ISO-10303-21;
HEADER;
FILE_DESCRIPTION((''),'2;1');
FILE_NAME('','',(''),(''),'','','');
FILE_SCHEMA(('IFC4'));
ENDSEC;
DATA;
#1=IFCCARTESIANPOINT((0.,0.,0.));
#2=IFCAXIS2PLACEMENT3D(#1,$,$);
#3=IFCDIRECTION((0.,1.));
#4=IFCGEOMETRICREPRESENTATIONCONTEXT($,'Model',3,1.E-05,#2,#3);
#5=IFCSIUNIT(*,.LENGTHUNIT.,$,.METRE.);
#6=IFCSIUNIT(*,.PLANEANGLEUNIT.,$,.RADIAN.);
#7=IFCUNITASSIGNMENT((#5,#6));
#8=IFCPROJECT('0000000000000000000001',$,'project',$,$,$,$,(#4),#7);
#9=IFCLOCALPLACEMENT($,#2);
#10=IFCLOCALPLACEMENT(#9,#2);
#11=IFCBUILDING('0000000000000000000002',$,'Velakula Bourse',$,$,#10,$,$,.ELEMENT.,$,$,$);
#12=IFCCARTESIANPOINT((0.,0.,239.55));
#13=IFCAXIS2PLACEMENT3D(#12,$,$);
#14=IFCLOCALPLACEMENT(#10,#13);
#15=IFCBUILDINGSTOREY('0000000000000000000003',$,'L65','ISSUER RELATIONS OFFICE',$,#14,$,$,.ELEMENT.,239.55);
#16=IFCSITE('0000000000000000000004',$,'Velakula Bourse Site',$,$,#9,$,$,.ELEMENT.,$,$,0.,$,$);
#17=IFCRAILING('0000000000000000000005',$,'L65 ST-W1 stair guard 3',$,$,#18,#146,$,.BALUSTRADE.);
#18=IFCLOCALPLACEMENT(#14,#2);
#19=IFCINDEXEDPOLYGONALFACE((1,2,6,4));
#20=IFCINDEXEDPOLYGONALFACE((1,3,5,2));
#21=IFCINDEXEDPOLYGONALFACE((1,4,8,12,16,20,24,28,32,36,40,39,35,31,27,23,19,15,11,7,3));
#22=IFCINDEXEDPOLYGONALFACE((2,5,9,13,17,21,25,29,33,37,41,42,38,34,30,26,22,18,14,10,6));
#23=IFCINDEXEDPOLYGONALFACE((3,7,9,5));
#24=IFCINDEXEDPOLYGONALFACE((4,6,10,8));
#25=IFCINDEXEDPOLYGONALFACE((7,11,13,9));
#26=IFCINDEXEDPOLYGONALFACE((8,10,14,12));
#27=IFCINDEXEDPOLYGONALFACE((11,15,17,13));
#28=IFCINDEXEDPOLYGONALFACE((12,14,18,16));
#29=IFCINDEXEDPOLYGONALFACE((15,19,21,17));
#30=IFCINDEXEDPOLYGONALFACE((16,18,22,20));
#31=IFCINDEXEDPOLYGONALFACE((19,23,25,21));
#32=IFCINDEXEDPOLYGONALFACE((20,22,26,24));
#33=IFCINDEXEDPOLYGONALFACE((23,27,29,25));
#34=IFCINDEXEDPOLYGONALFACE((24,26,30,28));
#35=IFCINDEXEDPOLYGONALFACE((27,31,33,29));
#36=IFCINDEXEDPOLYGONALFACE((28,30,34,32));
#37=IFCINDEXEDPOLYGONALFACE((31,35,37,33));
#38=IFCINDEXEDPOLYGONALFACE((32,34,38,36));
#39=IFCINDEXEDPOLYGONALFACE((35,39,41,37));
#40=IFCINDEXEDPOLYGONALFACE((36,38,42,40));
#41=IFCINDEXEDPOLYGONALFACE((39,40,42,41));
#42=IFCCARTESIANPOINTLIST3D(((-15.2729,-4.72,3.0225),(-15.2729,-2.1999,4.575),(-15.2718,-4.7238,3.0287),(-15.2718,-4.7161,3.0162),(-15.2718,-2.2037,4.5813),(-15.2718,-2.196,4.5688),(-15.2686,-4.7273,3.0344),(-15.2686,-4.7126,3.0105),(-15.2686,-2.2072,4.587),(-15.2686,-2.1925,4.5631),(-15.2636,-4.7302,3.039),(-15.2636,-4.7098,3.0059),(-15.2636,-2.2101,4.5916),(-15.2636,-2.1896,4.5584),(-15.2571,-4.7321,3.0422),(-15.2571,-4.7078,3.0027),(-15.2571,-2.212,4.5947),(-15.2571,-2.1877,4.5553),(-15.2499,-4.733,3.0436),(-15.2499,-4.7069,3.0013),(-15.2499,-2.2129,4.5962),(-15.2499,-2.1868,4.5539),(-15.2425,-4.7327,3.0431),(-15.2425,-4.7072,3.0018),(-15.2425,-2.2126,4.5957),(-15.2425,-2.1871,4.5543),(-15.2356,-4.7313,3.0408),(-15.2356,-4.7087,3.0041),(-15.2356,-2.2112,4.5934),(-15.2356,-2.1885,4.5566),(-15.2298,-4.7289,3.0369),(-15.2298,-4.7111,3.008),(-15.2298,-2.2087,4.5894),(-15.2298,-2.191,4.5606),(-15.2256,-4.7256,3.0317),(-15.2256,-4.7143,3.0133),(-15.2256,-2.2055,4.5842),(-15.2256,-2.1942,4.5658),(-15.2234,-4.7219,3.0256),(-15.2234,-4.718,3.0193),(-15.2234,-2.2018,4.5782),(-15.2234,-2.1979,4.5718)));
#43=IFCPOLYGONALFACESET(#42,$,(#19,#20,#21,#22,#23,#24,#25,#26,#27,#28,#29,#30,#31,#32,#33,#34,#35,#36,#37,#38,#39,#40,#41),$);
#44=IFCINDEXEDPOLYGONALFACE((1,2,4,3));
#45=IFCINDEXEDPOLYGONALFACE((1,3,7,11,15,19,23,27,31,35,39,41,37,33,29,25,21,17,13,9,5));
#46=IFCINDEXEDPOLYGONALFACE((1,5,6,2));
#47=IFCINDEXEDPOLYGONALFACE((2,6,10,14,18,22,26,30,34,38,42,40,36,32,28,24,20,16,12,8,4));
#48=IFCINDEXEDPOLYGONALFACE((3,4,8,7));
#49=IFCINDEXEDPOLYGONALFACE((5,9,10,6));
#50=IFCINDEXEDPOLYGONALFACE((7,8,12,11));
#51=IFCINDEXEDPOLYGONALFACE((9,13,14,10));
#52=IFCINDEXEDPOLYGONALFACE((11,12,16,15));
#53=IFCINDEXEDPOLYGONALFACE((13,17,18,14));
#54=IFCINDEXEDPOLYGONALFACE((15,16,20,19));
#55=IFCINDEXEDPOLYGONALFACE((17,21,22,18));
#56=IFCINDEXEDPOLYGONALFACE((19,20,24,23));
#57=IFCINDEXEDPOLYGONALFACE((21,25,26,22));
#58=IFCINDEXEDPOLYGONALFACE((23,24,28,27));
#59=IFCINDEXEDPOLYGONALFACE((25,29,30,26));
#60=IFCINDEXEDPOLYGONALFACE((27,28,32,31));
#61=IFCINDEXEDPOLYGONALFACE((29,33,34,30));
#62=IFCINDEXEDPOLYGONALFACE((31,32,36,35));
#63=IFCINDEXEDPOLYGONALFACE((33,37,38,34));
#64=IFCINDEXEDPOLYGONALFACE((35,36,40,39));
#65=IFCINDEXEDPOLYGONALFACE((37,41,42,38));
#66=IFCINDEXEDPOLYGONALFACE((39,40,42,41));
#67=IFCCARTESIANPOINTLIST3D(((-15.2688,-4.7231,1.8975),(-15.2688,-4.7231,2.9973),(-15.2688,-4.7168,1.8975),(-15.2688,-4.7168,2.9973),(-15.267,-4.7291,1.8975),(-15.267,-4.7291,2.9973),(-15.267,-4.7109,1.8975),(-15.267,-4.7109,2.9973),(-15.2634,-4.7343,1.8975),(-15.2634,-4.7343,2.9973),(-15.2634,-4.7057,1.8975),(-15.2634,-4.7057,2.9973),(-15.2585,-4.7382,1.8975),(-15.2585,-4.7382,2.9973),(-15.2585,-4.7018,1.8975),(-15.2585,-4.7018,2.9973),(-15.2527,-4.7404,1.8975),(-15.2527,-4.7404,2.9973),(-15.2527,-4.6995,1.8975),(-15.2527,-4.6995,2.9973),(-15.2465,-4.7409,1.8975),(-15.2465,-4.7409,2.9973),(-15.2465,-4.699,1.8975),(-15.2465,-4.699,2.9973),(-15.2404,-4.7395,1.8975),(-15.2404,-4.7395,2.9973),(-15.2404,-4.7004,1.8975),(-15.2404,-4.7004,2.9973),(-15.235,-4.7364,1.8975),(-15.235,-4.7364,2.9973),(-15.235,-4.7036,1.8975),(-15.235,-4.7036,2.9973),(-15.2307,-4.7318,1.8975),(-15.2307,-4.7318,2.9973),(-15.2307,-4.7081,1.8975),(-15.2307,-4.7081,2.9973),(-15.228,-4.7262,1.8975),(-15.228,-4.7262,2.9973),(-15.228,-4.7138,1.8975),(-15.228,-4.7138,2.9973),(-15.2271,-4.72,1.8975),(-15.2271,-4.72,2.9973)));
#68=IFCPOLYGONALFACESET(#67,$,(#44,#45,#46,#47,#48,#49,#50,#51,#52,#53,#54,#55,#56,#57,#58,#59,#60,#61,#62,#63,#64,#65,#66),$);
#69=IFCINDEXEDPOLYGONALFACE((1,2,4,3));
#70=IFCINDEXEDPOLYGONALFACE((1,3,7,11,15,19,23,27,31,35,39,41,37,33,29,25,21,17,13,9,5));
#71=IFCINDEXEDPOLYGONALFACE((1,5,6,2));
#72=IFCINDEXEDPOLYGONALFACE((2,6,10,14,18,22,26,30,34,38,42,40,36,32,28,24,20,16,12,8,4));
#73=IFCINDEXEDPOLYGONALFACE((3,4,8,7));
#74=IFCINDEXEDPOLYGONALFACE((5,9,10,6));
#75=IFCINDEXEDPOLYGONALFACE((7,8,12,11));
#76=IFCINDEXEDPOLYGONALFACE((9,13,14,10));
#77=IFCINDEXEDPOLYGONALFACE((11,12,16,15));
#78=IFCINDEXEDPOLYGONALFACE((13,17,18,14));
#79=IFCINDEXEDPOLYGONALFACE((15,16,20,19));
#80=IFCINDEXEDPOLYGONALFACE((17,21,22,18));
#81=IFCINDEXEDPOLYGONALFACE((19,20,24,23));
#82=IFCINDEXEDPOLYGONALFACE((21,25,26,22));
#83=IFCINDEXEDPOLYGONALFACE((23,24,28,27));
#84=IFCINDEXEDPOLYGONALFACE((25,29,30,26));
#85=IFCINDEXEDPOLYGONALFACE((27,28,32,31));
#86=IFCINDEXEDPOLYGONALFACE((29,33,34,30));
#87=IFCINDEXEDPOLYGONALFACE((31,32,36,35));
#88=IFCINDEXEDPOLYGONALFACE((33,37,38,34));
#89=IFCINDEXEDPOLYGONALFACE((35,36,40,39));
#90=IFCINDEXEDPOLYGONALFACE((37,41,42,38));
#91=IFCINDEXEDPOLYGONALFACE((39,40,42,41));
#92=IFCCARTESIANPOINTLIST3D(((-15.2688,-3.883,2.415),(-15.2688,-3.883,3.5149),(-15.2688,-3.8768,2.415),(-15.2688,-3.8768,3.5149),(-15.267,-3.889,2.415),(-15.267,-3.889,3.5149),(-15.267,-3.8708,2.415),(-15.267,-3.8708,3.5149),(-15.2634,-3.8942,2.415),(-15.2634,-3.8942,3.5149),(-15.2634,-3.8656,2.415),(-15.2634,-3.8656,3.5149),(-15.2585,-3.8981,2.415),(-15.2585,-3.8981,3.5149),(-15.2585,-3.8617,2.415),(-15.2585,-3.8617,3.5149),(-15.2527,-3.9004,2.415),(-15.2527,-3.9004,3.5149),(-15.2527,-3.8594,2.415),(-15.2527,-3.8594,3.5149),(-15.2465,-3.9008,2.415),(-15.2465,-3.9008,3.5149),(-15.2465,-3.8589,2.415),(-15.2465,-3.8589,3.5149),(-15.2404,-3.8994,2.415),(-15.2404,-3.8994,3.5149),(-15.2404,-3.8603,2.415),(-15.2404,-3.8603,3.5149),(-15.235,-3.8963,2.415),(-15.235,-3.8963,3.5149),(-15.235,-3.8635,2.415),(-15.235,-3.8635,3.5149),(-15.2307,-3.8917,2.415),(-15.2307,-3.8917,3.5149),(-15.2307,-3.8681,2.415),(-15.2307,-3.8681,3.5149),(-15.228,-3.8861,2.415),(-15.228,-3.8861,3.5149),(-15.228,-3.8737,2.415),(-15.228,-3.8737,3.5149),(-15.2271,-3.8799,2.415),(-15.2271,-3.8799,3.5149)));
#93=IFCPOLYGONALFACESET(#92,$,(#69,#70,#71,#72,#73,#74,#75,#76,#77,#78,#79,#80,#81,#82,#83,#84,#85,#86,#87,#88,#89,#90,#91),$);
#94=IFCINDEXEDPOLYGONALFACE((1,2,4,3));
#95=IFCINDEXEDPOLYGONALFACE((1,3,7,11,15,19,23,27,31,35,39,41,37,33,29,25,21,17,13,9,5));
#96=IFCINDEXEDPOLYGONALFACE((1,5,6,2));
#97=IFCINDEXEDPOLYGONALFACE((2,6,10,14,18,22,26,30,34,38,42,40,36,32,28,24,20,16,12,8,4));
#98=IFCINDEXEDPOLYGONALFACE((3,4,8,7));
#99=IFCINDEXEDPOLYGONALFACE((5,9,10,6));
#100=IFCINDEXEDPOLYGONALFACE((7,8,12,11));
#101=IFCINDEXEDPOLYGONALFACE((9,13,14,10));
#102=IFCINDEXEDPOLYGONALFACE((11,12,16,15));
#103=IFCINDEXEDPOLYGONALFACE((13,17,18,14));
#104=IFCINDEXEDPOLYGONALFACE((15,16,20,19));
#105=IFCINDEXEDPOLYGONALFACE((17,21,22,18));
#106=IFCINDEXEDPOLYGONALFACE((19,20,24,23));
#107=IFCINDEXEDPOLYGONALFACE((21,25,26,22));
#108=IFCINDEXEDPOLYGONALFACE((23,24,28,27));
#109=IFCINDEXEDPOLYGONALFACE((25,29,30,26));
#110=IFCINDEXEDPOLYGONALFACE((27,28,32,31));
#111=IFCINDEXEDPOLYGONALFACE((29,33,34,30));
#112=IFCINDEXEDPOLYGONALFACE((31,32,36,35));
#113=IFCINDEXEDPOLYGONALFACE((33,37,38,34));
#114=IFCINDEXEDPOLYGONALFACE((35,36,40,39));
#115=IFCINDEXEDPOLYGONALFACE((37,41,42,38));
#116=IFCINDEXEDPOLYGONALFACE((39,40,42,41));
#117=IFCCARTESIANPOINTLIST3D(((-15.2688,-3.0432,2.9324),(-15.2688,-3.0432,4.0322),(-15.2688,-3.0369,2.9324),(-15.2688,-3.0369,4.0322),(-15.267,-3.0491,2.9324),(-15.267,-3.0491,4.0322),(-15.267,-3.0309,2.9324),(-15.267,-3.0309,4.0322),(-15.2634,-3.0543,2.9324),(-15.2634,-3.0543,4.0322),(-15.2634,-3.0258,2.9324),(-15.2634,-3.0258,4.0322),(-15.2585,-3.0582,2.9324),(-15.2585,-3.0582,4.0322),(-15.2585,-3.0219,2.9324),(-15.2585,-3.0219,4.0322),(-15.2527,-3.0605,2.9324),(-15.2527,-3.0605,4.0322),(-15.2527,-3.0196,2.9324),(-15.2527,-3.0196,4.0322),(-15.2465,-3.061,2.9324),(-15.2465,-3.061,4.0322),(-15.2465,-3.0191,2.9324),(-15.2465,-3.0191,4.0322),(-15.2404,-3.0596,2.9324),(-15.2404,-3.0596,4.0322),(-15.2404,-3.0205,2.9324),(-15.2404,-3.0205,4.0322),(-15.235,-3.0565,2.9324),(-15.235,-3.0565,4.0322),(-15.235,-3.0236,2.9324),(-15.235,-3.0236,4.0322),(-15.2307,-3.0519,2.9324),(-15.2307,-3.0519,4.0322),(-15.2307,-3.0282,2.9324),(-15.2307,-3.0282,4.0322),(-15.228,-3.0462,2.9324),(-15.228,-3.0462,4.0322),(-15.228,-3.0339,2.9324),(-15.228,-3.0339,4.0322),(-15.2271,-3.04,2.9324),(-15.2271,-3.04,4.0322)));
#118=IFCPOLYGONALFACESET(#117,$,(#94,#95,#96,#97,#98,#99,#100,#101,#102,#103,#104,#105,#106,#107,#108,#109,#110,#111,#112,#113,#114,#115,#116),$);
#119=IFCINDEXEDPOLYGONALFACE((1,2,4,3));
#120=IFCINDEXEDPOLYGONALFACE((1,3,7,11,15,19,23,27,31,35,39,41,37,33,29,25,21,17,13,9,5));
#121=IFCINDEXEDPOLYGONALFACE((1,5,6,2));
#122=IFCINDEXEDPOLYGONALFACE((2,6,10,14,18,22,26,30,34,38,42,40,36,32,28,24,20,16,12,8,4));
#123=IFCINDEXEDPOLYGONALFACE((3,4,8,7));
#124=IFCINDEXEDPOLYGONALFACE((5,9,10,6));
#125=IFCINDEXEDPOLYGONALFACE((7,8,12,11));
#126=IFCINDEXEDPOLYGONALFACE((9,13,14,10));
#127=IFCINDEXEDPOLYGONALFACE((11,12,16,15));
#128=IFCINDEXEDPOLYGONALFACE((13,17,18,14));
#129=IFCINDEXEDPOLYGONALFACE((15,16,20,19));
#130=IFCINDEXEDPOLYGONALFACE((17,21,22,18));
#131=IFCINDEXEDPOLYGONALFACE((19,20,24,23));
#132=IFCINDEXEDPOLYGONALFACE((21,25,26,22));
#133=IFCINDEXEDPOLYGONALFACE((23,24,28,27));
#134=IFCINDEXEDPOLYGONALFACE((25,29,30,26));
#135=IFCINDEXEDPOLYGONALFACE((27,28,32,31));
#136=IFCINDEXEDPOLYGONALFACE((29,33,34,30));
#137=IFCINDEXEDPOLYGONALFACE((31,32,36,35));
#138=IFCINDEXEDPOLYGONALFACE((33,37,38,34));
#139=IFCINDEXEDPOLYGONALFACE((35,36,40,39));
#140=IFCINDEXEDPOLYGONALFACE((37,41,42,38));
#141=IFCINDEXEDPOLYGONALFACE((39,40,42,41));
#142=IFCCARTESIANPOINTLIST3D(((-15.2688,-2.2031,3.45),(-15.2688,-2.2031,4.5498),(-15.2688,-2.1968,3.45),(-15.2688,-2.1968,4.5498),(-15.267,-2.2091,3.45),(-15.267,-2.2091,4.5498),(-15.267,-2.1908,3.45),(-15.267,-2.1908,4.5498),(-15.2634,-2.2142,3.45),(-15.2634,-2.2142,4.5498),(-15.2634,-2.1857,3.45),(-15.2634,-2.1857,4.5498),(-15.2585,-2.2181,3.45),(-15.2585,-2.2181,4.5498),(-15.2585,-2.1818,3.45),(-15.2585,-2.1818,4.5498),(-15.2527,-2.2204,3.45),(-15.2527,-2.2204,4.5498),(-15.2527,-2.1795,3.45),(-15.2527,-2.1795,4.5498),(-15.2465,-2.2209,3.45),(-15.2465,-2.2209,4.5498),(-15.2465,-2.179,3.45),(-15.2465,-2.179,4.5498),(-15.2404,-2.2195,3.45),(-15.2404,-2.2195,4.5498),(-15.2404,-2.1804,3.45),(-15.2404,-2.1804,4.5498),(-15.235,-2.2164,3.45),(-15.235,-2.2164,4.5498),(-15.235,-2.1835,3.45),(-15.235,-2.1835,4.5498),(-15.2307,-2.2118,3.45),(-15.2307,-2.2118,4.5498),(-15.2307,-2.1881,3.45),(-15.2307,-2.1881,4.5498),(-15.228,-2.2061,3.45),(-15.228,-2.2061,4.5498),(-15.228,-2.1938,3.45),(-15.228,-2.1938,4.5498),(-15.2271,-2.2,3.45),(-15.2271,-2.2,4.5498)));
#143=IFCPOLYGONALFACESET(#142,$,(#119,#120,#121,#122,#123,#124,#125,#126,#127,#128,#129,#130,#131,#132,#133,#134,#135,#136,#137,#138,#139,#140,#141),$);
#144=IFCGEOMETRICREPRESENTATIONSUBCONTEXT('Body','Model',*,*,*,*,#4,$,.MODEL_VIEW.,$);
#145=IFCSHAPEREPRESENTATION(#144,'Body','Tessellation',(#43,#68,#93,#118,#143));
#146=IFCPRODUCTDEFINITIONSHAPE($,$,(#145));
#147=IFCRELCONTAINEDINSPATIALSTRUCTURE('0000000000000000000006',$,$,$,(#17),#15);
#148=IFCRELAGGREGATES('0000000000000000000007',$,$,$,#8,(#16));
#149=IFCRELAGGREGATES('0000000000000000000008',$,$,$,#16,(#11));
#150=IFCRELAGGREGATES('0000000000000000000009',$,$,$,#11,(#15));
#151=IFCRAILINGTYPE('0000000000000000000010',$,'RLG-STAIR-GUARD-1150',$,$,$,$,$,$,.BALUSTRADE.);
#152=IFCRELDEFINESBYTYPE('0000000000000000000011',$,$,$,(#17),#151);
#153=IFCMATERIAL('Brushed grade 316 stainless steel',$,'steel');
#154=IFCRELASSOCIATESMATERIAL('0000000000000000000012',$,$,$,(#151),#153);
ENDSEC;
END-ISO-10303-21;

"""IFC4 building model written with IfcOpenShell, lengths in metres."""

from ifc_helpers import new_model, si_unit, direction, frame, origin, origin_2d, place, context, subcontext, project, spatial, circle, extrude, material, type_object, element, save


model = new_model("IFC4")

# Units and contexts
model_context = context("Model", 3, precision=1e-05, world=origin(), true_north=direction((0.0, 1.0)))
body_context = subcontext(model_context, "Body", "Model", "MODEL_VIEW")
ifc_project = project(units=[si_unit("LENGTHUNIT", "METRE"), si_unit("PLANEANGLEUNIT", "RADIAN")], contexts=[model_context])

# Site, building, storey
site_placement = place(None, origin())
site = spatial("IfcSite", under=ifc_project, at=site_placement, Name="Velakula Bourse Site", CompositionType="ELEMENT", RefElevation=0.0)
building_placement = place(site_placement, origin())
building = spatial("IfcBuilding", under=site, at=building_placement, Name="Velakula Bourse", CompositionType="ELEMENT")
storey_placement = place(building_placement, frame((0.0, 0.0, 239.55)))
storey = spatial("IfcBuildingStorey", under=building, at=storey_placement, Name="L65", Description="ISSUER RELATIONS OFFICE", CompositionType="ELEMENT", Elevation=239.55)

# Shared definitions
ifc_material_1 = material(Name="Brushed grade 316 stainless steel", Category="steel")

# Railing
railing_type_1 = type_object("IfcRailingType", Name="RLG-STAIR-GUARD-1150", PredefinedType="BALUSTRADE", material=ifc_material_1)
railing_1_placement = place(storey_placement, frame((-15.248, -4.72, 1.8975)))
element("IfcRailing", 1, at=railing_1_placement, inside=storey, type_object=railing_type_1, Name="L65 ST-W1 stair guard 3", PredefinedType="BALUSTRADE", context=body_context, shape_type="SweptSolid", body=[
    extrude(circle(Radius=0.0249, at=origin_2d()), frame((0.0, 0.0, 1.125), z_axis=(0.0, 0.8514, 0.524516), x_axis=(-1.0, 0.0, 0.0)), (0.0, 0.0, 1.0), 2.96),
    extrude(circle(Radius=0.021, at=origin_2d()), origin(), (0.0, 0.0, 1.0), 1.0999),
    extrude(circle(Radius=0.021, at=origin_2d()), frame((0.0, 0.8401, 0.5176)), (0.0, 0.0, 1.0), 1.0999),
    extrude(circle(Radius=0.021, at=origin_2d()), frame((0.0, 1.6799, 1.0349)), (0.0, 0.0, 1.0), 1.0999),
    extrude(circle(Radius=0.021, at=origin_2d()), frame((0.0, 2.52, 1.5525)), (0.0, 0.0, 1.0), 1.0999),
])

save(model, "model.ifc")
